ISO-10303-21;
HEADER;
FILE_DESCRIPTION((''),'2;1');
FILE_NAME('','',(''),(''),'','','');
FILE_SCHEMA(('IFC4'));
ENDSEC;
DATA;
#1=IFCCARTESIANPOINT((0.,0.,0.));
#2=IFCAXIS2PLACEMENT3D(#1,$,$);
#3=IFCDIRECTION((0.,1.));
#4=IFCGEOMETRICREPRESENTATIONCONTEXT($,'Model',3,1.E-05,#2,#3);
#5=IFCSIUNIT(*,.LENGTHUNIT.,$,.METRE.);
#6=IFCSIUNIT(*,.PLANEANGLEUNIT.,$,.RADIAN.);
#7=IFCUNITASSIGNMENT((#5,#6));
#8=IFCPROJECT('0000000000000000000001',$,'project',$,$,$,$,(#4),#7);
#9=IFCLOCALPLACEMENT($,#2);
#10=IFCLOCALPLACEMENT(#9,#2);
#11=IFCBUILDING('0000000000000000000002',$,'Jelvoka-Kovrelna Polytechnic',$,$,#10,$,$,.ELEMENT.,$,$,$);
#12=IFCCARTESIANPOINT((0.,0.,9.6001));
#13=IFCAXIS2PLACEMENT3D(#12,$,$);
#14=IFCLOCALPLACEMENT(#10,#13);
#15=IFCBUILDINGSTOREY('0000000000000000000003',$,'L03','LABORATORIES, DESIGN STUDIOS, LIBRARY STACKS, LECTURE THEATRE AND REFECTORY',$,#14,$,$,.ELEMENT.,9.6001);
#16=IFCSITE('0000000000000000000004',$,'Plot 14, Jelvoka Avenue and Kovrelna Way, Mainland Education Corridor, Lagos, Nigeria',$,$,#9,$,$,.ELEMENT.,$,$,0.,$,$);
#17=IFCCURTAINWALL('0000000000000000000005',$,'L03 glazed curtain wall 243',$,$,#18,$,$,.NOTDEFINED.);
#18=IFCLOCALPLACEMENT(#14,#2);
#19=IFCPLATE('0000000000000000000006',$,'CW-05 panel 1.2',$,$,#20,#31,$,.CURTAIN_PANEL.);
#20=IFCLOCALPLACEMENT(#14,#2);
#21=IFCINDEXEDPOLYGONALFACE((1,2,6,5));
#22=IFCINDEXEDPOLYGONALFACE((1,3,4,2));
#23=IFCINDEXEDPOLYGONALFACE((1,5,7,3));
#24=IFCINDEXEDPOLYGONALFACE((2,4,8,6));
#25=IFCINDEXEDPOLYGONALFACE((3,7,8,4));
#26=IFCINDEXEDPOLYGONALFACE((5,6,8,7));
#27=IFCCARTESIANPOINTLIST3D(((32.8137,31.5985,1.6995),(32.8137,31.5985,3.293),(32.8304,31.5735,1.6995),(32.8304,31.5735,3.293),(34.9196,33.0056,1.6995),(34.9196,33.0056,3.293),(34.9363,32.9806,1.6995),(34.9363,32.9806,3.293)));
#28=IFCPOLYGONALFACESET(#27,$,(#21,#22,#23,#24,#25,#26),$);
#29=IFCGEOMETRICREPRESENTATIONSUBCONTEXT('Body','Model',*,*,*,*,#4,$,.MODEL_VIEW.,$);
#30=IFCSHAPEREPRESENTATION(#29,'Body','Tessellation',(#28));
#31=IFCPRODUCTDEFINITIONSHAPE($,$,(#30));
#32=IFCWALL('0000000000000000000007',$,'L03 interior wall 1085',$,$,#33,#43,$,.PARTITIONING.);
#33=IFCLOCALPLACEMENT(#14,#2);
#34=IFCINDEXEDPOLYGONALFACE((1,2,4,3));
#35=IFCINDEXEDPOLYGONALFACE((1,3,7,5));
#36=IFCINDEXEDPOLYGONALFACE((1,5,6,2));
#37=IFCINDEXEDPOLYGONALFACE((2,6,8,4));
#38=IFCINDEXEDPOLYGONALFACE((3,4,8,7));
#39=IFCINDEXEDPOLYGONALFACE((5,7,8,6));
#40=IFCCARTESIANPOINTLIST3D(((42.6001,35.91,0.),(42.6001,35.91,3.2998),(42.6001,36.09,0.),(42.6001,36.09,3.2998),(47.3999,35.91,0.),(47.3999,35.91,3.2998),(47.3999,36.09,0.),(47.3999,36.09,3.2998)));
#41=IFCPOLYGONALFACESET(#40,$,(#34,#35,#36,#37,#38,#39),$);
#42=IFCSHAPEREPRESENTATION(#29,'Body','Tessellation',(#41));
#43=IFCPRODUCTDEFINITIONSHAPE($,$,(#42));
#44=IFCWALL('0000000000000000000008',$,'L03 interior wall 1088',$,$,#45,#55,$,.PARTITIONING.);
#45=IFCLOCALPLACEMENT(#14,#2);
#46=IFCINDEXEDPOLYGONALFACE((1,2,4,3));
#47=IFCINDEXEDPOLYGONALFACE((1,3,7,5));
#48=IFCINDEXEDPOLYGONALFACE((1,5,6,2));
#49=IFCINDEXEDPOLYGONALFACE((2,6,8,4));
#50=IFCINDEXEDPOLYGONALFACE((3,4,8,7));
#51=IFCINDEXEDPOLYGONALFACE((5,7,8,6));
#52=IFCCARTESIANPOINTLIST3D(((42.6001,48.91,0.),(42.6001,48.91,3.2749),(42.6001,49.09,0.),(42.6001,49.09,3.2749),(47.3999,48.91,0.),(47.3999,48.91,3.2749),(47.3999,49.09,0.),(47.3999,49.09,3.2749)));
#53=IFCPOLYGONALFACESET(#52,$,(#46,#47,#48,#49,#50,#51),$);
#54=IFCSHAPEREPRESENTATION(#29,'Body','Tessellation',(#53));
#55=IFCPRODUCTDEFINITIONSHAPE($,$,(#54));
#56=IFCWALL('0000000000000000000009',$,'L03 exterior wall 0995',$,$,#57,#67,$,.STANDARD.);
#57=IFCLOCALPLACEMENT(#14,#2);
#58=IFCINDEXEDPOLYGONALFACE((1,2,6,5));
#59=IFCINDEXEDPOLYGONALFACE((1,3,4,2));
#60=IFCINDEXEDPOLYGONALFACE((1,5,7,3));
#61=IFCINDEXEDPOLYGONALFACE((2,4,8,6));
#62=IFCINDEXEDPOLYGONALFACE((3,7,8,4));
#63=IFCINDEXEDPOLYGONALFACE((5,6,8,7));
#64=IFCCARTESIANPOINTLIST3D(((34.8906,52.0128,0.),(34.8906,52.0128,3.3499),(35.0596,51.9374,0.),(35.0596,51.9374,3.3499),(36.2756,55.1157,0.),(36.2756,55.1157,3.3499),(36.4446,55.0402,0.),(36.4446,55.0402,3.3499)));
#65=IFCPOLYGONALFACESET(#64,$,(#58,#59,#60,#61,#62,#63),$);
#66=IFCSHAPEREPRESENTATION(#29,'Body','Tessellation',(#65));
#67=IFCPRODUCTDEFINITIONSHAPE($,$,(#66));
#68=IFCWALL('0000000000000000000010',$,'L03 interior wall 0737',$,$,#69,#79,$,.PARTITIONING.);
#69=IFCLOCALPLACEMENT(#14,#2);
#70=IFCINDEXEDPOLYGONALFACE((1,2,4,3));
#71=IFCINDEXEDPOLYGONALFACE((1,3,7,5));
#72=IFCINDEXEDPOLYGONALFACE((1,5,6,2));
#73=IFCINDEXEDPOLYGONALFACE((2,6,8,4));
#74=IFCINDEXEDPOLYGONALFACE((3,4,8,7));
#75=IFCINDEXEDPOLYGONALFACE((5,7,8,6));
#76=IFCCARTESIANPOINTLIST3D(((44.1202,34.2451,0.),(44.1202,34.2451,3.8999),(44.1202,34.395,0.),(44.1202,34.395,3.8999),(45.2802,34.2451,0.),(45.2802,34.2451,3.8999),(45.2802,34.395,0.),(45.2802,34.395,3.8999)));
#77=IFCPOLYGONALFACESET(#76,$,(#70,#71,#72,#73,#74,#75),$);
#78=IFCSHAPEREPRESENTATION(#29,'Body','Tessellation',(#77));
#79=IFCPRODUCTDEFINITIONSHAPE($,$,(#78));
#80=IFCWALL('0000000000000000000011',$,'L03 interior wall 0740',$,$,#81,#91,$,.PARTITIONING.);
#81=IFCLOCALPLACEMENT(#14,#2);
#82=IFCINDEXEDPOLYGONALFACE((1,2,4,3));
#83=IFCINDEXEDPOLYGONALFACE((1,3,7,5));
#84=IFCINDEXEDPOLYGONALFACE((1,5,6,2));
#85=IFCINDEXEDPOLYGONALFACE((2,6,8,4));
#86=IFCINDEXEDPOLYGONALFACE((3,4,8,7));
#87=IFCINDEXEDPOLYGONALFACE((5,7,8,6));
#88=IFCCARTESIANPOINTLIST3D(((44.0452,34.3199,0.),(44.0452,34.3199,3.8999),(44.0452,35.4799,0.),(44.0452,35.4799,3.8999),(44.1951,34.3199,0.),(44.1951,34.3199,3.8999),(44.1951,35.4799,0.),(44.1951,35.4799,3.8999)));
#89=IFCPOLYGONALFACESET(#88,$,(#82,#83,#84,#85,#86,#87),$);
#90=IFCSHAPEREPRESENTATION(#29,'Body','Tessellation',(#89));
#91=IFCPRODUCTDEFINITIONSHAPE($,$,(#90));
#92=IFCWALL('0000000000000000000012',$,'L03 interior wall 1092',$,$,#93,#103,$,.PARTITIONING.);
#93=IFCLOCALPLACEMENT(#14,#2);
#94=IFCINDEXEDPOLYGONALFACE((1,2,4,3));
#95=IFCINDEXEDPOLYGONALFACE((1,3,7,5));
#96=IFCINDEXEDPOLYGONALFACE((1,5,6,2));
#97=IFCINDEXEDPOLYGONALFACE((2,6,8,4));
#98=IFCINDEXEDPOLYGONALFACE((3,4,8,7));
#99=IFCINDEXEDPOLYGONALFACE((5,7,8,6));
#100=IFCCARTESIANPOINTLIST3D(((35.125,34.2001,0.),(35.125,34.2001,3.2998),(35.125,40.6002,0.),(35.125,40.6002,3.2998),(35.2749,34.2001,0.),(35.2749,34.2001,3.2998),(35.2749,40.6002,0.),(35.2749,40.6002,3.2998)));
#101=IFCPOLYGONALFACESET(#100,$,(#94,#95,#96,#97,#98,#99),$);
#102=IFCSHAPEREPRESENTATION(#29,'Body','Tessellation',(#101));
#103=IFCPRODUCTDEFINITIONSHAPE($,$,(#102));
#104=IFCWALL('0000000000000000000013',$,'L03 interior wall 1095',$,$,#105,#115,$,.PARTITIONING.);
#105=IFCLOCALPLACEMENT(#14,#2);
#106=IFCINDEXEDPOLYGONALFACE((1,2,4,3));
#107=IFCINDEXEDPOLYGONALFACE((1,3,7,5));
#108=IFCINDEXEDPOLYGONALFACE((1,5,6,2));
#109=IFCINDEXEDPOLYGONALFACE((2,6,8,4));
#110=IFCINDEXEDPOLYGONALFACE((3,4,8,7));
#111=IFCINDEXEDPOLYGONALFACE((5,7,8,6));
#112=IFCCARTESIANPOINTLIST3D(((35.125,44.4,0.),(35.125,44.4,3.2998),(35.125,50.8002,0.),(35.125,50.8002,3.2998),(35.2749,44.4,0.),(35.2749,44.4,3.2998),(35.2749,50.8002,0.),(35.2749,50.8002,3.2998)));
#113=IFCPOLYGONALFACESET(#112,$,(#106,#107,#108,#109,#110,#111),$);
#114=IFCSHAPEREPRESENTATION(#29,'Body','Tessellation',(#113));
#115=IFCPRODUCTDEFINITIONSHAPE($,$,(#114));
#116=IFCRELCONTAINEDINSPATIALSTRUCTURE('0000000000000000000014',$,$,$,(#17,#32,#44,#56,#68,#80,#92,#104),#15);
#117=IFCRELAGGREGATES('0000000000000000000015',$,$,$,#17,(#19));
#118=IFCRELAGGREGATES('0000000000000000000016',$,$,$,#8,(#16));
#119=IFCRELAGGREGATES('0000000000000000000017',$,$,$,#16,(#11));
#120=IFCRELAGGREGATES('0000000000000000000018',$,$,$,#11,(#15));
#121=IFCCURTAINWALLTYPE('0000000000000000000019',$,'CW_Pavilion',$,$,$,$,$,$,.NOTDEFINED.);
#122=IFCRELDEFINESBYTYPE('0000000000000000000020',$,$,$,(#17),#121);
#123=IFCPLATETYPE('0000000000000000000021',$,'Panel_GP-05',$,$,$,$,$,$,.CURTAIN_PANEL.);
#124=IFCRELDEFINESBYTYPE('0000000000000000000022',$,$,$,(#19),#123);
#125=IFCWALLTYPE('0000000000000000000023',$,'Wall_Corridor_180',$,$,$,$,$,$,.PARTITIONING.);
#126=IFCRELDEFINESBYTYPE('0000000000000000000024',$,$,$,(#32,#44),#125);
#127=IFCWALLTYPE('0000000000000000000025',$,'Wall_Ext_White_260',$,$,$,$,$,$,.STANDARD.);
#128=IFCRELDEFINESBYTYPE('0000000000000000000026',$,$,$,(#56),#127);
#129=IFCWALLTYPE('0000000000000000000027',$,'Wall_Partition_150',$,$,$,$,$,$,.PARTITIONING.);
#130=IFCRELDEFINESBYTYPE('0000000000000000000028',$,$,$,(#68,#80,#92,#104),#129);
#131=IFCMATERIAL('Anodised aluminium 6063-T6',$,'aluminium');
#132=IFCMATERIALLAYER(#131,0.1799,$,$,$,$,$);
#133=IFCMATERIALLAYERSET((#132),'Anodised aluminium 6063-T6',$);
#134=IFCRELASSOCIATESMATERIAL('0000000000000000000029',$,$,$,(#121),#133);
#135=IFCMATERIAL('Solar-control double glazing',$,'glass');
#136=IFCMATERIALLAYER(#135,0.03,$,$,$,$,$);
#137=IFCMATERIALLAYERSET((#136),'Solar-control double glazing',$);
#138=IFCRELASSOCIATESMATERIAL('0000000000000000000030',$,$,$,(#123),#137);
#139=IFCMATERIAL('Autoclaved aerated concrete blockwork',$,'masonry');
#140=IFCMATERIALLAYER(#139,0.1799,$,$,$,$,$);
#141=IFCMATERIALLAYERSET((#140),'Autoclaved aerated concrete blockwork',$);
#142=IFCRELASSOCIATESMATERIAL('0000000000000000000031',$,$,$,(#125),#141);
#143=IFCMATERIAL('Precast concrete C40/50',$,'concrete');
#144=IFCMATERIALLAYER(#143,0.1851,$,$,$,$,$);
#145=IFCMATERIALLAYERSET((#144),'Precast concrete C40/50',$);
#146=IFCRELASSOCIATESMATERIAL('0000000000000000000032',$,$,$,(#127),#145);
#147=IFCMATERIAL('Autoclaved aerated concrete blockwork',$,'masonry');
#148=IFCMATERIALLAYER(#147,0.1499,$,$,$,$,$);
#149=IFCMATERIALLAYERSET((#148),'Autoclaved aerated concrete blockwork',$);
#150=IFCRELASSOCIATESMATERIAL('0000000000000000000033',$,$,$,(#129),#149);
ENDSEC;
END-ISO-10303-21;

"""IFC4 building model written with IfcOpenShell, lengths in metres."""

from ifc_helpers import new_model, si_unit, direction, frame, frame_2d, origin, origin_2d, place, context, subcontext, project, spatial, rectangle, extrude, material, layer, layer_set, type_object, element, aggregate, save


model = new_model("IFC4")

# Units and contexts
model_context = context("Model", 3, precision=1e-05, world=origin(), true_north=direction((0.0, 1.0)))
body_context = subcontext(model_context, "Body", "Model", "MODEL_VIEW")
ifc_project = project(units=[si_unit("LENGTHUNIT", "METRE"), si_unit("PLANEANGLEUNIT", "RADIAN")], contexts=[model_context])

# Site, building, storey
site_placement = place(None, origin())
site = spatial("IfcSite", under=ifc_project, at=site_placement, Name="Plot 14, Jelvoka Avenue and Kovrelna Way, Mainland Education Corridor, Lagos, Nigeria", CompositionType="ELEMENT", RefElevation=0.0)
building_placement = place(site_placement, origin())
building = spatial("IfcBuilding", under=site, at=building_placement, Name="Jelvoka-Kovrelna Polytechnic", CompositionType="ELEMENT")
storey_placement = place(building_placement, frame((0.0, 0.0, 9.6001)))
storey = spatial("IfcBuildingStorey", under=building, at=storey_placement, Name="L03", Description="LABORATORIES, DESIGN STUDIOS, LIBRARY STACKS, LECTURE THEATRE AND REFECTORY", CompositionType="ELEMENT", Elevation=9.6001)

# Shared definitions
ifc_material_1 = material(Name="Anodised aluminium 6063-T6", Category="aluminium")
ifc_layer_1 = layer(ifc_material_1, 0.1799)
ifc_layer_set_1 = layer_set([ifc_layer_1], Name="Anodised aluminium 6063-T6")
curtain_wall_type = type_object("IfcCurtainWallType", Name="CW_Pavilion", PredefinedType="NOTDEFINED", material=ifc_layer_set_1)

# Curtain wall
curtain_wall_1_placement = place(storey_placement, origin())
curtain_wall_1 = element("IfcCurtainWall", 1, at=curtain_wall_1_placement, inside=storey, type_object=curtain_wall_type, Name="L03 glazed curtain wall 243", PredefinedType="NOTDEFINED")

# Plate
ifc_material_2 = material(Name="Solar-control double glazing", Category="glass")
ifc_layer_2 = layer(ifc_material_2, 0.03)
ifc_layer_set_2 = layer_set([ifc_layer_2], Name="Solar-control double glazing")
plate_type = type_object("IfcPlateType", Name="Panel_GP-05", PredefinedType="CURTAIN_PANEL", material=ifc_layer_set_2)
plate_1_placement = place(storey_placement, frame((33.875, 32.2896, 1.6995), z_axis=(0.0, 0.0, 1.0), x_axis=(-0.831461, -0.555583, 0.0)))
plate_1 = element("IfcPlate", 2, at=plate_1_placement, type_object=plate_type, Name="CW-05 panel 1.2", PredefinedType="CURTAIN_PANEL", context=body_context, shape_type="SweptSolid", body=[
    extrude(rectangle(XDim=2.5327, YDim=0.03, at=origin_2d()), origin(), (0.0, 0.0, 1.0), 1.5935),
])
aggregate(curtain_wall_1, [plate_1])

# Wall
ifc_material_3 = material(Name="Autoclaved aerated concrete blockwork", Category="masonry")
ifc_layer_3 = layer(ifc_material_3, 0.1799)
ifc_layer_set_3 = layer_set([ifc_layer_3], Name="Autoclaved aerated concrete blockwork")
wall_type_1 = type_object("IfcWallType", Name="Wall_Corridor_180", PredefinedType="PARTITIONING", material=ifc_layer_set_3)
wall_1_placement = place(storey_placement, frame((42.6001, 36.0, 0.0), z_axis=(0.0, 0.0, 1.0), x_axis=(1.0, 0.0, 0.0)))
element("IfcWall", 3, at=wall_1_placement, inside=storey, type_object=wall_type_1, Name="L03 interior wall 1085", PredefinedType="PARTITIONING", context=body_context, shape_type="SweptSolid", body=[
    extrude(rectangle(XDim=4.7998, YDim=0.1799, at=frame_2d((2.3999, 0.0))), origin(), (0.0, 0.0, 1.0), 3.2998),
])

# Wall
wall_2_placement = place(storey_placement, frame((42.6001, 49.0, 0.0), z_axis=(0.0, 0.0, 1.0), x_axis=(1.0, 0.0, 0.0)))
element("IfcWall", 4, at=wall_2_placement, inside=storey, type_object=wall_type_1, Name="L03 interior wall 1088", PredefinedType="PARTITIONING", context=body_context, shape_type="SweptSolid", body=[
    extrude(rectangle(XDim=4.7998, YDim=0.1799, at=frame_2d((2.3999, 0.0))), origin(), (0.0, 0.0, 1.0), 3.2749),
])

# Walls
ifc_material_4 = material(Name="Precast concrete C40/50", Category="concrete")
ifc_layer_4 = layer(ifc_material_4, 0.1851)
ifc_layer_set_4 = layer_set([ifc_layer_4], Name="Precast concrete C40/50")
wall_type_2 = type_object("IfcWallType", Name="Wall_Ext_White_260", PredefinedType="STANDARD", material=ifc_layer_set_4)
wall_3_placement = place(storey_placement, frame((34.9751, 51.9751, 0.0), z_axis=(0.0, 0.0, 1.0), x_axis=(0.407611, 0.913156, 0.0)))
element("IfcWall", 5, at=wall_3_placement, inside=storey, type_object=wall_type_2, Name="L03 exterior wall 0995", PredefinedType="STANDARD", context=body_context, shape_type="SweptSolid", body=[
    extrude(rectangle(XDim=3.3979, YDim=0.1851, at=frame_2d((1.699, 0.0))), origin(), (0.0, 0.0, 1.0), 3.3499),
])
ifc_material_5 = material(Name="Autoclaved aerated concrete blockwork", Category="masonry")
ifc_layer_5 = layer(ifc_material_5, 0.1499)
ifc_layer_set_5 = layer_set([ifc_layer_5], Name="Autoclaved aerated concrete blockwork")
wall_type_3 = type_object("IfcWallType", Name="Wall_Partition_150", PredefinedType="PARTITIONING", material=ifc_layer_set_5)
for number, where, z_axis, x_axis, name in (
    (6, (44.1201, 34.3201, 0.0), (0.0, 0.0, 1.0), (1.0, 0.0, 0.0), "L03 interior wall 0737"),
    (7, (44.1201, 35.48, 0.0), (0.0, 0.0, 1.0), (0.0, -1.0, 0.0), "L03 interior wall 0740"),
):
    element("IfcWall", number, at=place(storey_placement, frame(where, z_axis=z_axis, x_axis=x_axis)), inside=storey, type_object=wall_type_3, Name=name, PredefinedType="PARTITIONING", context=body_context, shape_type="SweptSolid", body=[
        extrude(rectangle(XDim=1.1599, YDim=0.1499, at=frame_2d((0.5801, 0.0))), origin(), (0.0, 0.0, 1.0), 3.8999),
    ])
for number, where, z_axis, x_axis, name in (
    (8, (35.2, 34.2, 0.0), (0.0, 0.0, 1.0), (0.0, 1.0, 0.0), "L03 interior wall 1092"),
    (9, (35.2, 44.3999, 0.0), (0.0, 0.0, 1.0), (0.0, 1.0, 0.0), "L03 interior wall 1095"),
):
    element("IfcWall", number, at=place(storey_placement, frame(where, z_axis=z_axis, x_axis=x_axis)), inside=storey, type_object=wall_type_3, Name=name, PredefinedType="PARTITIONING", context=body_context, shape_type="SweptSolid", body=[
        extrude(rectangle(XDim=6.4001, YDim=0.1499, at=frame_2d((3.2002, 0.0))), origin(), (0.0, 0.0, 1.0), 3.2998),
    ])

save(model, "model.ifc")
